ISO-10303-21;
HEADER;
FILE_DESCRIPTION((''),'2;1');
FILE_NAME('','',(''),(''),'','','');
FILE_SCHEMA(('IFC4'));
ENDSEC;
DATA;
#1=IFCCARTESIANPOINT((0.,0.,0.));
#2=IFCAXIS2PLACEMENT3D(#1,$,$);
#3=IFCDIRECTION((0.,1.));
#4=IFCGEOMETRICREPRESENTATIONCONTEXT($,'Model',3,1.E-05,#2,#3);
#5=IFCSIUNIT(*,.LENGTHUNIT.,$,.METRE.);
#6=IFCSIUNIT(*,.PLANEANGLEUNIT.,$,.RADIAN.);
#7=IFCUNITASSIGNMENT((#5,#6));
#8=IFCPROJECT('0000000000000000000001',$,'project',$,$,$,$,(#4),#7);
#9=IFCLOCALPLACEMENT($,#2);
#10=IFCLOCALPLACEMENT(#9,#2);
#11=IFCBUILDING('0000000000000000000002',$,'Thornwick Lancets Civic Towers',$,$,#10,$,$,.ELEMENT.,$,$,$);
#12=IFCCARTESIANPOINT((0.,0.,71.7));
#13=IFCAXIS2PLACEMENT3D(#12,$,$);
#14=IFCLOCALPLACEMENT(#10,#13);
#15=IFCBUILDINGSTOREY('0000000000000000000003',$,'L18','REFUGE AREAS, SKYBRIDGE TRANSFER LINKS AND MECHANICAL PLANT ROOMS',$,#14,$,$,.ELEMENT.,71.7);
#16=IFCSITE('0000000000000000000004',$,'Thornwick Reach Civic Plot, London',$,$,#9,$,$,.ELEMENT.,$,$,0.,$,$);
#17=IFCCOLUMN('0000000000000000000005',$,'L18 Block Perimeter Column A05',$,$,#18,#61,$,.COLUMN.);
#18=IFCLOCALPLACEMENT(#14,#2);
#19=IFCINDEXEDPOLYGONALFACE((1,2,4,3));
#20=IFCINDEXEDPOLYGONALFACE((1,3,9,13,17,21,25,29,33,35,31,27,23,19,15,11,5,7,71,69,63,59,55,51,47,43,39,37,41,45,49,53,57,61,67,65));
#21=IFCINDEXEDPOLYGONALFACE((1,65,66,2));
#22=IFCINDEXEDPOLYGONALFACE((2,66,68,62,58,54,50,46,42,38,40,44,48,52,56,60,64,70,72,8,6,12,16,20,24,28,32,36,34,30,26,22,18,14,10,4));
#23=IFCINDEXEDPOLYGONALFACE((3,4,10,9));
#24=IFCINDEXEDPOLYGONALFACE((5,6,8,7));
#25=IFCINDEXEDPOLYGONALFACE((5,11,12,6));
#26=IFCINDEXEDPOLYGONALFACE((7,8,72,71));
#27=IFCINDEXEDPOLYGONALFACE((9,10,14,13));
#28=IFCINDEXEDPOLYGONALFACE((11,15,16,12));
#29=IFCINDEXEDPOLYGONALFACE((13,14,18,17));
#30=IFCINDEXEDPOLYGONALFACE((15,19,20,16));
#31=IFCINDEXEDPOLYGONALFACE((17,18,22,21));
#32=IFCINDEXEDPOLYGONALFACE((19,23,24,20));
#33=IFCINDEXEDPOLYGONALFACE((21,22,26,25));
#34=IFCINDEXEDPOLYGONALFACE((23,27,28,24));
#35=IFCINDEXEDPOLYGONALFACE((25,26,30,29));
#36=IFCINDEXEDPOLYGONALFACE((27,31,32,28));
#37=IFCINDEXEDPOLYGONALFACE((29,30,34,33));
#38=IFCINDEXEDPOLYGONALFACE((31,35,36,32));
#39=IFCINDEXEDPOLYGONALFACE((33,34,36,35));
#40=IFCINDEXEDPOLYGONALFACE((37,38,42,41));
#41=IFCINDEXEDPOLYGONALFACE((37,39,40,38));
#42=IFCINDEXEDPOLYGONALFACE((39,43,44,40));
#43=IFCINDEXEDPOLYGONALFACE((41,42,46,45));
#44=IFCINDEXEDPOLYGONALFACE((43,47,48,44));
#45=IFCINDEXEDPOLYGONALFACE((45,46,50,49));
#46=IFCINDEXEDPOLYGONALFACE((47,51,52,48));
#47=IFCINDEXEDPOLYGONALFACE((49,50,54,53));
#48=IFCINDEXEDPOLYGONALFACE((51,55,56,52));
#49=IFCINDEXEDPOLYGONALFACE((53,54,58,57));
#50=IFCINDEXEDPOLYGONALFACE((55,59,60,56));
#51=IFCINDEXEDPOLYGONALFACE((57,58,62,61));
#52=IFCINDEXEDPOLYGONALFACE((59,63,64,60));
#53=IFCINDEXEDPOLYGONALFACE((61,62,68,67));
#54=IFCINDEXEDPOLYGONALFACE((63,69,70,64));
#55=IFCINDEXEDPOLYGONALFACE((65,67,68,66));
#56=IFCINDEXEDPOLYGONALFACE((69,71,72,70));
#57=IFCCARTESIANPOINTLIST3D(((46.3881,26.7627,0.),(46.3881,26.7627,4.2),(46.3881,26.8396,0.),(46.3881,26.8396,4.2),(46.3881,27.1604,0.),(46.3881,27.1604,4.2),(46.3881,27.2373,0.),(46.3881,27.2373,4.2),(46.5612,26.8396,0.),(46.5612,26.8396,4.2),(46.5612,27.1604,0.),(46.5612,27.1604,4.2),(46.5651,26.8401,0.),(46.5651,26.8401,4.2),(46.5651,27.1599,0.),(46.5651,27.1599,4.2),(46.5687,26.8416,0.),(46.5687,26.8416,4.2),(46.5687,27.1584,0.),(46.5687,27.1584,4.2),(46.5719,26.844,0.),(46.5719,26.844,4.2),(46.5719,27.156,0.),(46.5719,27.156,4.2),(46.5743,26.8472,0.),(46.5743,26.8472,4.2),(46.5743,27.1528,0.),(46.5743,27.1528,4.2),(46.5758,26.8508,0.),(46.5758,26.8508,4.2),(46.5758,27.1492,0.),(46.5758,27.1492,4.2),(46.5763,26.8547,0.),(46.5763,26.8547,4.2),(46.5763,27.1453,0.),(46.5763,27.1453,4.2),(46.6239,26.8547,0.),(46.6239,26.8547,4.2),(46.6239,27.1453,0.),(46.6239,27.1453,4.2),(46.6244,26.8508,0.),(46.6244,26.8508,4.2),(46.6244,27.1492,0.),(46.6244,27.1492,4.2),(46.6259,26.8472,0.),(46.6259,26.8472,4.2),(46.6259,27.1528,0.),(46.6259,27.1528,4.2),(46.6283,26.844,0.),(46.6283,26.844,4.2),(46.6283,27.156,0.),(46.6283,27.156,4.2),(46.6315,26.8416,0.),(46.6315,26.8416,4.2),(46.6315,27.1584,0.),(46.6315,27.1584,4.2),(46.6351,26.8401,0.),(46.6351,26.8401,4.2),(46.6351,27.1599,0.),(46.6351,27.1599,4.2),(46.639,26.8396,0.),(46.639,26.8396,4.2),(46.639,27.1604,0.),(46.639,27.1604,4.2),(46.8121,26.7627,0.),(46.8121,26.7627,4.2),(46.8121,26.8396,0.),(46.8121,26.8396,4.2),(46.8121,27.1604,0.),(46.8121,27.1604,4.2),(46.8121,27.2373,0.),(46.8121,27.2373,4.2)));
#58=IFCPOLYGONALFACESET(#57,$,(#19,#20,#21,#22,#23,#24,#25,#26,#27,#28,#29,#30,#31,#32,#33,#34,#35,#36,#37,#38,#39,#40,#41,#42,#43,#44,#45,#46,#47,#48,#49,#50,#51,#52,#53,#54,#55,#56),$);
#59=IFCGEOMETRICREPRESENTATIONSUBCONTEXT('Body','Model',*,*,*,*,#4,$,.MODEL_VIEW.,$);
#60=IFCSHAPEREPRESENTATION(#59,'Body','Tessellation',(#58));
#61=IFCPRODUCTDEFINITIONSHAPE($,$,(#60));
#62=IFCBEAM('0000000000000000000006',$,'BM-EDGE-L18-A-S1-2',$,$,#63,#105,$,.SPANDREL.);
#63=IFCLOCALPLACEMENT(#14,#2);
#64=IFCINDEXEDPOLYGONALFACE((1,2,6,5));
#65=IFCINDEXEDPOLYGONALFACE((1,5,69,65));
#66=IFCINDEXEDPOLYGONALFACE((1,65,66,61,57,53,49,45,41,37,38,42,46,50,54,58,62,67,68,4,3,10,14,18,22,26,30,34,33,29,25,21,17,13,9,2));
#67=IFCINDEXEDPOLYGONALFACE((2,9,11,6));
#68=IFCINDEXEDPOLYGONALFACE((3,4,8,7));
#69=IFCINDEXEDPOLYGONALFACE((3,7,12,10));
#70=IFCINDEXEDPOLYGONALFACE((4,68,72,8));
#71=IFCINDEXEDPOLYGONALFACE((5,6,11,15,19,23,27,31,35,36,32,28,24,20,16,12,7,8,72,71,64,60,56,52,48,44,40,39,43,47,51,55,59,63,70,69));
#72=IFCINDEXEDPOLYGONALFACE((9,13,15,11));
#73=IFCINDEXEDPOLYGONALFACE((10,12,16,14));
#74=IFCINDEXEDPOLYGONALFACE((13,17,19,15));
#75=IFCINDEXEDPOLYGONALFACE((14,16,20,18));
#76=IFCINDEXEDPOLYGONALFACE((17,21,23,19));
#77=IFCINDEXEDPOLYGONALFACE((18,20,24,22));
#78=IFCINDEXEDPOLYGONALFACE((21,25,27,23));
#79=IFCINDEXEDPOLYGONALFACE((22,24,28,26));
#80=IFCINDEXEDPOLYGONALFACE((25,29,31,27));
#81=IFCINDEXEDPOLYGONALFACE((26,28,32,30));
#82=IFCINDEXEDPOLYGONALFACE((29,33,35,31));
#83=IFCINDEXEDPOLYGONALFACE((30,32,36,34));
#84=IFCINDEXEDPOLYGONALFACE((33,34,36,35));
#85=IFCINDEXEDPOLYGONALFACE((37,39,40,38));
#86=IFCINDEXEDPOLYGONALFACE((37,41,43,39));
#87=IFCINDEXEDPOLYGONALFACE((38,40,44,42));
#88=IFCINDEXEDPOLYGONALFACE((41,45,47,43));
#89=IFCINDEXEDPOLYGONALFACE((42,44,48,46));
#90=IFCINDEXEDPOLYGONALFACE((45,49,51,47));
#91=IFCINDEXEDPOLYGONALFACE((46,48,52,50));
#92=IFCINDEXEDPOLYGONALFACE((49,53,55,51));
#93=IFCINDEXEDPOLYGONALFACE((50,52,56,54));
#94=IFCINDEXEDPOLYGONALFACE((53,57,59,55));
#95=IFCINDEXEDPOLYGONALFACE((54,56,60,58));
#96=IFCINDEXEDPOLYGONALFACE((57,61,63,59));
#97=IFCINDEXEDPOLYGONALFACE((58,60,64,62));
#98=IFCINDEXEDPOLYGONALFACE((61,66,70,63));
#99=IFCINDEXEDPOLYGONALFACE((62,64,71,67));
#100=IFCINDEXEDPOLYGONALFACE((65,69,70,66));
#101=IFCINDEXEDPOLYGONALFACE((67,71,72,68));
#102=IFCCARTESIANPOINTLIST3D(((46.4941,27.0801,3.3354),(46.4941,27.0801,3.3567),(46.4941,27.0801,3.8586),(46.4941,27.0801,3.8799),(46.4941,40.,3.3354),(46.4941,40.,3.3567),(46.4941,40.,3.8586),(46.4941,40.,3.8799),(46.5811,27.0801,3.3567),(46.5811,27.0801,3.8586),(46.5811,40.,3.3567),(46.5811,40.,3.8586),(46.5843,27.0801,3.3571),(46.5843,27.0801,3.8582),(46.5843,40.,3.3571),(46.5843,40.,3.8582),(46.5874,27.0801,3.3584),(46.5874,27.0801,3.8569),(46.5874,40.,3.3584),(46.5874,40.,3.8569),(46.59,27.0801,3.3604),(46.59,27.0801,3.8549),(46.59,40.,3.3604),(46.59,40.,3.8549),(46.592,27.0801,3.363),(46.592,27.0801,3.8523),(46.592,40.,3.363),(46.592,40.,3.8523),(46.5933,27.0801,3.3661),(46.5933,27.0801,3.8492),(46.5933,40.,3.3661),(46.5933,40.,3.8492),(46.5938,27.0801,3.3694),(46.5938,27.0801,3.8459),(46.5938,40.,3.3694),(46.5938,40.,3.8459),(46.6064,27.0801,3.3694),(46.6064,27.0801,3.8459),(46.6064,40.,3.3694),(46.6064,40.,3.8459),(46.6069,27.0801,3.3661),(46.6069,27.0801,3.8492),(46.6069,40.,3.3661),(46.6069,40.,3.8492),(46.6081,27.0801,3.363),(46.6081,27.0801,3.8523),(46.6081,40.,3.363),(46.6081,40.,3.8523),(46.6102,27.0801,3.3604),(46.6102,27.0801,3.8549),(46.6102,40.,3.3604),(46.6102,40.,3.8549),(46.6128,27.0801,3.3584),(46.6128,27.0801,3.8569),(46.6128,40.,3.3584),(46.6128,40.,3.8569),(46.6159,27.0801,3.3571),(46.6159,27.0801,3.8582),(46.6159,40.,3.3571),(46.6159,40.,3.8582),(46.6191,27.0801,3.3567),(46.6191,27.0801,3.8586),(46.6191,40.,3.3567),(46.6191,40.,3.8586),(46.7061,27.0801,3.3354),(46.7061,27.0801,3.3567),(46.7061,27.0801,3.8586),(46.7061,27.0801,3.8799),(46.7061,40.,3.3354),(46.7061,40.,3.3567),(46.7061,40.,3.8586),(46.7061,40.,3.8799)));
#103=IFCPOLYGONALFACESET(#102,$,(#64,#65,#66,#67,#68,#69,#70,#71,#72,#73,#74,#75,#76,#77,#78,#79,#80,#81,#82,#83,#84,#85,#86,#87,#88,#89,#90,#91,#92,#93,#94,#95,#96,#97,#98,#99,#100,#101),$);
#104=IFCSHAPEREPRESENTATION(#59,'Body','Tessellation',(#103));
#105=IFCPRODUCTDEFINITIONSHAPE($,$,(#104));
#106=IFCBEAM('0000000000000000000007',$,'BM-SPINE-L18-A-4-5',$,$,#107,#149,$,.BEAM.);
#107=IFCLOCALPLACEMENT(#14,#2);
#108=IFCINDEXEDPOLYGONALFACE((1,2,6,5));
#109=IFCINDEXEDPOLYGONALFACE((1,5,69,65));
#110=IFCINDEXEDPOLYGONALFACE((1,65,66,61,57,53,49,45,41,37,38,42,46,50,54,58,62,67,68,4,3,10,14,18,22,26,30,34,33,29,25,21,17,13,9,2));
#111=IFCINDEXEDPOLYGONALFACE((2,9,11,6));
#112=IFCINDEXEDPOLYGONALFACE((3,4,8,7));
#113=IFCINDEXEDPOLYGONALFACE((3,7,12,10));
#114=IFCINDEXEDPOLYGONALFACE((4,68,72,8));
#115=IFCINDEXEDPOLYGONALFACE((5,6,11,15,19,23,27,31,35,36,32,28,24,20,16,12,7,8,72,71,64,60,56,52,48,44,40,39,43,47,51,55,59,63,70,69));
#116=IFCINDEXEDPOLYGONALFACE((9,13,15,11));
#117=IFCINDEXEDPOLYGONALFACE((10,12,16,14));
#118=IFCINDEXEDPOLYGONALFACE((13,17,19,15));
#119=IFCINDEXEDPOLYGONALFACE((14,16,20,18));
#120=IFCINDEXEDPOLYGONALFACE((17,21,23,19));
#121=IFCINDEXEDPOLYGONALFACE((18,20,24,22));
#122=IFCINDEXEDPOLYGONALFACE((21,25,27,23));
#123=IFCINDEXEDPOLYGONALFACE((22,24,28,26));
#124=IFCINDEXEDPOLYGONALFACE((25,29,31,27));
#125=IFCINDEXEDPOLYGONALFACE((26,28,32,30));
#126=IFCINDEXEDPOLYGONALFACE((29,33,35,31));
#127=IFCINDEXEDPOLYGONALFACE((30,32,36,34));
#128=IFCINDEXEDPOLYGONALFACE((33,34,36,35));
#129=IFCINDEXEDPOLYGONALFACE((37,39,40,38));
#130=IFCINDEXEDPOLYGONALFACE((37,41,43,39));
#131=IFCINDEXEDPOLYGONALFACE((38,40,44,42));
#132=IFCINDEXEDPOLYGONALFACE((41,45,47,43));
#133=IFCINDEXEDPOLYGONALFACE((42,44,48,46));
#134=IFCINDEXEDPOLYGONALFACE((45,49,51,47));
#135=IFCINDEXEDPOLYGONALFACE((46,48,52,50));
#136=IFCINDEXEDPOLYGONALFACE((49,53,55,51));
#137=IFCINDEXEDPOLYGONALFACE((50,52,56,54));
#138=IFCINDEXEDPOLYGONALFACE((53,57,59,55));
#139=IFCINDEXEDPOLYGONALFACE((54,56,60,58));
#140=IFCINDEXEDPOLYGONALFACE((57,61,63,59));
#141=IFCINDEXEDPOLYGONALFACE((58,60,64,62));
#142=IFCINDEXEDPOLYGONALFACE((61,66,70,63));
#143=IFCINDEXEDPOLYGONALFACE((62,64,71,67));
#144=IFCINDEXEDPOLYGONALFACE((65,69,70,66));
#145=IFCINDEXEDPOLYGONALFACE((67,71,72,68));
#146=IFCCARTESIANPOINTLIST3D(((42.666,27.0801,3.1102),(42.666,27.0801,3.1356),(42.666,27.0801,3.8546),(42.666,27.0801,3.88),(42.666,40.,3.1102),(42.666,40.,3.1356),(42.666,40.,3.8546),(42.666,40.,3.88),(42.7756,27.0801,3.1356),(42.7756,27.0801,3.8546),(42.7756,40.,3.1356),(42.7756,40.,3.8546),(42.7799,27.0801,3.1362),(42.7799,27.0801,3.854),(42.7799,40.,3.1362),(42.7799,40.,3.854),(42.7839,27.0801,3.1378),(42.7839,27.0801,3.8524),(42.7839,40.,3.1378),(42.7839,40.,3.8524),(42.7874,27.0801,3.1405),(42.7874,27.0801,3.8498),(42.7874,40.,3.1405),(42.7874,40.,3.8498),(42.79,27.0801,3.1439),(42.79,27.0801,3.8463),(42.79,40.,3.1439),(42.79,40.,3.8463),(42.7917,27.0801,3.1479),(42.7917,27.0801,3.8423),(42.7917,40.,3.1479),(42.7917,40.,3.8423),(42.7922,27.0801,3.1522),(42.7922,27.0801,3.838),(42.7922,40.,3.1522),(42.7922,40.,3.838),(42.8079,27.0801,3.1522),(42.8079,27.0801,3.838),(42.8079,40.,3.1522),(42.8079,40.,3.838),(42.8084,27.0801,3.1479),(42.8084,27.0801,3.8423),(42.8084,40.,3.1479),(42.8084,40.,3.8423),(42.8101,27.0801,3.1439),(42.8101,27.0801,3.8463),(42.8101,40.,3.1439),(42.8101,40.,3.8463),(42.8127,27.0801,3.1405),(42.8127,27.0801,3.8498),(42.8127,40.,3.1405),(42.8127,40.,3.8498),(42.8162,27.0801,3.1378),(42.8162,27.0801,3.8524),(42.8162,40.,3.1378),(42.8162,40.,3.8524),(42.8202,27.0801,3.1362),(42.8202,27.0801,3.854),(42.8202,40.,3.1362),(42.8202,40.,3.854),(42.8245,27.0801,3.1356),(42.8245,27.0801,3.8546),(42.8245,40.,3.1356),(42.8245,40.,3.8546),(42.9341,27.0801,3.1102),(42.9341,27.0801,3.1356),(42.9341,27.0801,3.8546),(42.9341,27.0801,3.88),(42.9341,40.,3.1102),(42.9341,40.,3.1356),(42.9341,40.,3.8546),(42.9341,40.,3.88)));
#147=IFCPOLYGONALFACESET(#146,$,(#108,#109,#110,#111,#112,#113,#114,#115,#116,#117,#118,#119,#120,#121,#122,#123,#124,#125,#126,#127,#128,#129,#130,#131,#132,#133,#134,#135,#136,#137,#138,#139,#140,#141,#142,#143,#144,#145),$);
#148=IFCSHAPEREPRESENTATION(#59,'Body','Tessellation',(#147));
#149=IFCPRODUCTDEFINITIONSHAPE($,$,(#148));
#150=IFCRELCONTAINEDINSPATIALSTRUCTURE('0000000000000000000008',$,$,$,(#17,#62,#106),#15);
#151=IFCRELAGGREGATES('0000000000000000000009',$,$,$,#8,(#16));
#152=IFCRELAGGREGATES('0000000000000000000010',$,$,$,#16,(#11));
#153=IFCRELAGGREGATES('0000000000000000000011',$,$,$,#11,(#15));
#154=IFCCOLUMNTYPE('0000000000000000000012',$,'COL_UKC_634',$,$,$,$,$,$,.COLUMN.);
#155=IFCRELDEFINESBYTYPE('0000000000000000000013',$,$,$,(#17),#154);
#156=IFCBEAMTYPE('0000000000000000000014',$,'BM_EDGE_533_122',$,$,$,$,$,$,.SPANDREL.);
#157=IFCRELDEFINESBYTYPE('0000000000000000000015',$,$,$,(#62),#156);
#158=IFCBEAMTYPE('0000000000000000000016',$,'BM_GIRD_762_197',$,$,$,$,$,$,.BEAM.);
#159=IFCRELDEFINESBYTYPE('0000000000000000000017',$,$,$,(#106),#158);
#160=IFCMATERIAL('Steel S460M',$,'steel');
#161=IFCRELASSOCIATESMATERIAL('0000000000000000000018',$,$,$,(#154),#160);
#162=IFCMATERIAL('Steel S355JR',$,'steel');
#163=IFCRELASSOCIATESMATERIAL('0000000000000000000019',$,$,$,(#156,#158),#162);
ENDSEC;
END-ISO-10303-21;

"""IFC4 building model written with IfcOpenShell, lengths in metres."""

from ifc_helpers import new_model, si_unit, direction, frame, origin, origin_2d, place, context, subcontext, project, spatial, i_section, extrude, material, material_profile, profile_set, type_object, element, save


model = new_model("IFC4")

# Units and contexts
model_context = context("Model", 3, precision=1e-05, world=origin(), true_north=direction((0.0, 1.0)))
body_context = subcontext(model_context, "Body", "Model", "MODEL_VIEW")
ifc_project = project(units=[si_unit("LENGTHUNIT", "METRE"), si_unit("PLANEANGLEUNIT", "RADIAN")], contexts=[model_context])

# Site, building, storey
site_placement = place(None, origin())
site = spatial("IfcSite", under=ifc_project, at=site_placement, Name="Thornwick Reach Civic Plot, London", CompositionType="ELEMENT", RefElevation=0.0)
building_placement = place(site_placement, origin())
building = spatial("IfcBuilding", under=site, at=building_placement, Name="Thornwick Lancets Civic Towers", CompositionType="ELEMENT")
storey_placement = place(building_placement, frame((0.0, 0.0, 71.7)))
storey = spatial("IfcBuildingStorey", under=building, at=storey_placement, Name="L18", Description="REFUGE AREAS, SKYBRIDGE TRANSFER LINKS AND MECHANICAL PLANT ROOMS", CompositionType="ELEMENT", Elevation=71.7)

# Column
ifc_material_1 = material(Name="Steel S460M", Category="steel")
ifc_material_profile_1 = material_profile(ifc_material_1, i_section(OverallWidth=0.4241, OverallDepth=0.4746, WebThickness=0.0476, FlangeThickness=0.0769, FilletRadius=0.0151, at=origin_2d()), Name="UKC 356x406x634")
ifc_profile_set_1 = profile_set([ifc_material_profile_1], Name="Steel S460M")
column_type = type_object("IfcColumnType", Name="COL_UKC_634", PredefinedType="COLUMN", material=ifc_profile_set_1)
column_placement = place(storey_placement, frame((46.6001, 27.0, 0.0), z_axis=(0.0, 0.0, 1.0), x_axis=(1.0, 0.0, 0.0)))
element("IfcColumn", 1, at=column_placement, inside=storey, type_object=column_type, Name="L18 Block Perimeter Column A05", PredefinedType="COLUMN", context=body_context, shape_type="SweptSolid", body=[
    extrude(i_section(OverallWidth=0.4241, OverallDepth=0.4746, WebThickness=0.0476, FlangeThickness=0.0769, FilletRadius=0.0151, at=origin_2d()), origin(), (0.0, 0.0, 1.0), 4.2),
])

# Beams
ifc_material_2 = material(Name="Steel S355JR", Category="steel")
ifc_material_profile_2 = material_profile(ifc_material_2, i_section(OverallWidth=0.2119, OverallDepth=0.5444, WebThickness=0.0127, FlangeThickness=0.0212, FilletRadius=0.0127, at=origin_2d()), Name="UKB 533x210x122")
ifc_profile_set_2 = profile_set([ifc_material_profile_2], Name="Steel S355JR")
beam_type_1 = type_object("IfcBeamType", Name="BM_EDGE_533_122", PredefinedType="SPANDREL", material=ifc_profile_set_2)
beam_1_placement = place(storey_placement, frame((46.6001, 27.0801, 3.6077), z_axis=(0.0, 1.0, 0.0), x_axis=(-1.0, 0.0, 0.0)))
element("IfcBeam", 2, at=beam_1_placement, inside=storey, type_object=beam_type_1, Name="BM-EDGE-L18-A-S1-2", PredefinedType="SPANDREL", context=body_context, shape_type="SweptSolid", body=[
    extrude(i_section(OverallWidth=0.2119, OverallDepth=0.5444, WebThickness=0.0127, FlangeThickness=0.0212, FilletRadius=0.0127, at=origin_2d()), origin(), (0.0, 0.0, 1.0), 12.9199),
])
ifc_material_profile_3 = material_profile(ifc_material_2, i_section(OverallWidth=0.2681, OverallDepth=0.7698, WebThickness=0.0156, FlangeThickness=0.0254, FilletRadius=0.0166, at=origin_2d()), Name="UKB 762x267x197")
ifc_profile_set_3 = profile_set([ifc_material_profile_3], Name="Steel S355JR")
beam_type_2 = type_object("IfcBeamType", Name="BM_GIRD_762_197", PredefinedType="BEAM", material=ifc_profile_set_3)
beam_2_placement = place(storey_placement, frame((42.8, 27.0801, 3.4951), z_axis=(0.0, 1.0, 0.0), x_axis=(-1.0, 0.0, 0.0)))
element("IfcBeam", 3, at=beam_2_placement, inside=storey, type_object=beam_type_2, Name="BM-SPINE-L18-A-4-5", PredefinedType="BEAM", context=body_context, shape_type="SweptSolid", body=[
    extrude(i_section(OverallWidth=0.2681, OverallDepth=0.7698, WebThickness=0.0156, FlangeThickness=0.0254, FilletRadius=0.0166, at=origin_2d()), origin(), (0.0, 0.0, 1.0), 12.9199),
])

save(model, "model.ifc")
